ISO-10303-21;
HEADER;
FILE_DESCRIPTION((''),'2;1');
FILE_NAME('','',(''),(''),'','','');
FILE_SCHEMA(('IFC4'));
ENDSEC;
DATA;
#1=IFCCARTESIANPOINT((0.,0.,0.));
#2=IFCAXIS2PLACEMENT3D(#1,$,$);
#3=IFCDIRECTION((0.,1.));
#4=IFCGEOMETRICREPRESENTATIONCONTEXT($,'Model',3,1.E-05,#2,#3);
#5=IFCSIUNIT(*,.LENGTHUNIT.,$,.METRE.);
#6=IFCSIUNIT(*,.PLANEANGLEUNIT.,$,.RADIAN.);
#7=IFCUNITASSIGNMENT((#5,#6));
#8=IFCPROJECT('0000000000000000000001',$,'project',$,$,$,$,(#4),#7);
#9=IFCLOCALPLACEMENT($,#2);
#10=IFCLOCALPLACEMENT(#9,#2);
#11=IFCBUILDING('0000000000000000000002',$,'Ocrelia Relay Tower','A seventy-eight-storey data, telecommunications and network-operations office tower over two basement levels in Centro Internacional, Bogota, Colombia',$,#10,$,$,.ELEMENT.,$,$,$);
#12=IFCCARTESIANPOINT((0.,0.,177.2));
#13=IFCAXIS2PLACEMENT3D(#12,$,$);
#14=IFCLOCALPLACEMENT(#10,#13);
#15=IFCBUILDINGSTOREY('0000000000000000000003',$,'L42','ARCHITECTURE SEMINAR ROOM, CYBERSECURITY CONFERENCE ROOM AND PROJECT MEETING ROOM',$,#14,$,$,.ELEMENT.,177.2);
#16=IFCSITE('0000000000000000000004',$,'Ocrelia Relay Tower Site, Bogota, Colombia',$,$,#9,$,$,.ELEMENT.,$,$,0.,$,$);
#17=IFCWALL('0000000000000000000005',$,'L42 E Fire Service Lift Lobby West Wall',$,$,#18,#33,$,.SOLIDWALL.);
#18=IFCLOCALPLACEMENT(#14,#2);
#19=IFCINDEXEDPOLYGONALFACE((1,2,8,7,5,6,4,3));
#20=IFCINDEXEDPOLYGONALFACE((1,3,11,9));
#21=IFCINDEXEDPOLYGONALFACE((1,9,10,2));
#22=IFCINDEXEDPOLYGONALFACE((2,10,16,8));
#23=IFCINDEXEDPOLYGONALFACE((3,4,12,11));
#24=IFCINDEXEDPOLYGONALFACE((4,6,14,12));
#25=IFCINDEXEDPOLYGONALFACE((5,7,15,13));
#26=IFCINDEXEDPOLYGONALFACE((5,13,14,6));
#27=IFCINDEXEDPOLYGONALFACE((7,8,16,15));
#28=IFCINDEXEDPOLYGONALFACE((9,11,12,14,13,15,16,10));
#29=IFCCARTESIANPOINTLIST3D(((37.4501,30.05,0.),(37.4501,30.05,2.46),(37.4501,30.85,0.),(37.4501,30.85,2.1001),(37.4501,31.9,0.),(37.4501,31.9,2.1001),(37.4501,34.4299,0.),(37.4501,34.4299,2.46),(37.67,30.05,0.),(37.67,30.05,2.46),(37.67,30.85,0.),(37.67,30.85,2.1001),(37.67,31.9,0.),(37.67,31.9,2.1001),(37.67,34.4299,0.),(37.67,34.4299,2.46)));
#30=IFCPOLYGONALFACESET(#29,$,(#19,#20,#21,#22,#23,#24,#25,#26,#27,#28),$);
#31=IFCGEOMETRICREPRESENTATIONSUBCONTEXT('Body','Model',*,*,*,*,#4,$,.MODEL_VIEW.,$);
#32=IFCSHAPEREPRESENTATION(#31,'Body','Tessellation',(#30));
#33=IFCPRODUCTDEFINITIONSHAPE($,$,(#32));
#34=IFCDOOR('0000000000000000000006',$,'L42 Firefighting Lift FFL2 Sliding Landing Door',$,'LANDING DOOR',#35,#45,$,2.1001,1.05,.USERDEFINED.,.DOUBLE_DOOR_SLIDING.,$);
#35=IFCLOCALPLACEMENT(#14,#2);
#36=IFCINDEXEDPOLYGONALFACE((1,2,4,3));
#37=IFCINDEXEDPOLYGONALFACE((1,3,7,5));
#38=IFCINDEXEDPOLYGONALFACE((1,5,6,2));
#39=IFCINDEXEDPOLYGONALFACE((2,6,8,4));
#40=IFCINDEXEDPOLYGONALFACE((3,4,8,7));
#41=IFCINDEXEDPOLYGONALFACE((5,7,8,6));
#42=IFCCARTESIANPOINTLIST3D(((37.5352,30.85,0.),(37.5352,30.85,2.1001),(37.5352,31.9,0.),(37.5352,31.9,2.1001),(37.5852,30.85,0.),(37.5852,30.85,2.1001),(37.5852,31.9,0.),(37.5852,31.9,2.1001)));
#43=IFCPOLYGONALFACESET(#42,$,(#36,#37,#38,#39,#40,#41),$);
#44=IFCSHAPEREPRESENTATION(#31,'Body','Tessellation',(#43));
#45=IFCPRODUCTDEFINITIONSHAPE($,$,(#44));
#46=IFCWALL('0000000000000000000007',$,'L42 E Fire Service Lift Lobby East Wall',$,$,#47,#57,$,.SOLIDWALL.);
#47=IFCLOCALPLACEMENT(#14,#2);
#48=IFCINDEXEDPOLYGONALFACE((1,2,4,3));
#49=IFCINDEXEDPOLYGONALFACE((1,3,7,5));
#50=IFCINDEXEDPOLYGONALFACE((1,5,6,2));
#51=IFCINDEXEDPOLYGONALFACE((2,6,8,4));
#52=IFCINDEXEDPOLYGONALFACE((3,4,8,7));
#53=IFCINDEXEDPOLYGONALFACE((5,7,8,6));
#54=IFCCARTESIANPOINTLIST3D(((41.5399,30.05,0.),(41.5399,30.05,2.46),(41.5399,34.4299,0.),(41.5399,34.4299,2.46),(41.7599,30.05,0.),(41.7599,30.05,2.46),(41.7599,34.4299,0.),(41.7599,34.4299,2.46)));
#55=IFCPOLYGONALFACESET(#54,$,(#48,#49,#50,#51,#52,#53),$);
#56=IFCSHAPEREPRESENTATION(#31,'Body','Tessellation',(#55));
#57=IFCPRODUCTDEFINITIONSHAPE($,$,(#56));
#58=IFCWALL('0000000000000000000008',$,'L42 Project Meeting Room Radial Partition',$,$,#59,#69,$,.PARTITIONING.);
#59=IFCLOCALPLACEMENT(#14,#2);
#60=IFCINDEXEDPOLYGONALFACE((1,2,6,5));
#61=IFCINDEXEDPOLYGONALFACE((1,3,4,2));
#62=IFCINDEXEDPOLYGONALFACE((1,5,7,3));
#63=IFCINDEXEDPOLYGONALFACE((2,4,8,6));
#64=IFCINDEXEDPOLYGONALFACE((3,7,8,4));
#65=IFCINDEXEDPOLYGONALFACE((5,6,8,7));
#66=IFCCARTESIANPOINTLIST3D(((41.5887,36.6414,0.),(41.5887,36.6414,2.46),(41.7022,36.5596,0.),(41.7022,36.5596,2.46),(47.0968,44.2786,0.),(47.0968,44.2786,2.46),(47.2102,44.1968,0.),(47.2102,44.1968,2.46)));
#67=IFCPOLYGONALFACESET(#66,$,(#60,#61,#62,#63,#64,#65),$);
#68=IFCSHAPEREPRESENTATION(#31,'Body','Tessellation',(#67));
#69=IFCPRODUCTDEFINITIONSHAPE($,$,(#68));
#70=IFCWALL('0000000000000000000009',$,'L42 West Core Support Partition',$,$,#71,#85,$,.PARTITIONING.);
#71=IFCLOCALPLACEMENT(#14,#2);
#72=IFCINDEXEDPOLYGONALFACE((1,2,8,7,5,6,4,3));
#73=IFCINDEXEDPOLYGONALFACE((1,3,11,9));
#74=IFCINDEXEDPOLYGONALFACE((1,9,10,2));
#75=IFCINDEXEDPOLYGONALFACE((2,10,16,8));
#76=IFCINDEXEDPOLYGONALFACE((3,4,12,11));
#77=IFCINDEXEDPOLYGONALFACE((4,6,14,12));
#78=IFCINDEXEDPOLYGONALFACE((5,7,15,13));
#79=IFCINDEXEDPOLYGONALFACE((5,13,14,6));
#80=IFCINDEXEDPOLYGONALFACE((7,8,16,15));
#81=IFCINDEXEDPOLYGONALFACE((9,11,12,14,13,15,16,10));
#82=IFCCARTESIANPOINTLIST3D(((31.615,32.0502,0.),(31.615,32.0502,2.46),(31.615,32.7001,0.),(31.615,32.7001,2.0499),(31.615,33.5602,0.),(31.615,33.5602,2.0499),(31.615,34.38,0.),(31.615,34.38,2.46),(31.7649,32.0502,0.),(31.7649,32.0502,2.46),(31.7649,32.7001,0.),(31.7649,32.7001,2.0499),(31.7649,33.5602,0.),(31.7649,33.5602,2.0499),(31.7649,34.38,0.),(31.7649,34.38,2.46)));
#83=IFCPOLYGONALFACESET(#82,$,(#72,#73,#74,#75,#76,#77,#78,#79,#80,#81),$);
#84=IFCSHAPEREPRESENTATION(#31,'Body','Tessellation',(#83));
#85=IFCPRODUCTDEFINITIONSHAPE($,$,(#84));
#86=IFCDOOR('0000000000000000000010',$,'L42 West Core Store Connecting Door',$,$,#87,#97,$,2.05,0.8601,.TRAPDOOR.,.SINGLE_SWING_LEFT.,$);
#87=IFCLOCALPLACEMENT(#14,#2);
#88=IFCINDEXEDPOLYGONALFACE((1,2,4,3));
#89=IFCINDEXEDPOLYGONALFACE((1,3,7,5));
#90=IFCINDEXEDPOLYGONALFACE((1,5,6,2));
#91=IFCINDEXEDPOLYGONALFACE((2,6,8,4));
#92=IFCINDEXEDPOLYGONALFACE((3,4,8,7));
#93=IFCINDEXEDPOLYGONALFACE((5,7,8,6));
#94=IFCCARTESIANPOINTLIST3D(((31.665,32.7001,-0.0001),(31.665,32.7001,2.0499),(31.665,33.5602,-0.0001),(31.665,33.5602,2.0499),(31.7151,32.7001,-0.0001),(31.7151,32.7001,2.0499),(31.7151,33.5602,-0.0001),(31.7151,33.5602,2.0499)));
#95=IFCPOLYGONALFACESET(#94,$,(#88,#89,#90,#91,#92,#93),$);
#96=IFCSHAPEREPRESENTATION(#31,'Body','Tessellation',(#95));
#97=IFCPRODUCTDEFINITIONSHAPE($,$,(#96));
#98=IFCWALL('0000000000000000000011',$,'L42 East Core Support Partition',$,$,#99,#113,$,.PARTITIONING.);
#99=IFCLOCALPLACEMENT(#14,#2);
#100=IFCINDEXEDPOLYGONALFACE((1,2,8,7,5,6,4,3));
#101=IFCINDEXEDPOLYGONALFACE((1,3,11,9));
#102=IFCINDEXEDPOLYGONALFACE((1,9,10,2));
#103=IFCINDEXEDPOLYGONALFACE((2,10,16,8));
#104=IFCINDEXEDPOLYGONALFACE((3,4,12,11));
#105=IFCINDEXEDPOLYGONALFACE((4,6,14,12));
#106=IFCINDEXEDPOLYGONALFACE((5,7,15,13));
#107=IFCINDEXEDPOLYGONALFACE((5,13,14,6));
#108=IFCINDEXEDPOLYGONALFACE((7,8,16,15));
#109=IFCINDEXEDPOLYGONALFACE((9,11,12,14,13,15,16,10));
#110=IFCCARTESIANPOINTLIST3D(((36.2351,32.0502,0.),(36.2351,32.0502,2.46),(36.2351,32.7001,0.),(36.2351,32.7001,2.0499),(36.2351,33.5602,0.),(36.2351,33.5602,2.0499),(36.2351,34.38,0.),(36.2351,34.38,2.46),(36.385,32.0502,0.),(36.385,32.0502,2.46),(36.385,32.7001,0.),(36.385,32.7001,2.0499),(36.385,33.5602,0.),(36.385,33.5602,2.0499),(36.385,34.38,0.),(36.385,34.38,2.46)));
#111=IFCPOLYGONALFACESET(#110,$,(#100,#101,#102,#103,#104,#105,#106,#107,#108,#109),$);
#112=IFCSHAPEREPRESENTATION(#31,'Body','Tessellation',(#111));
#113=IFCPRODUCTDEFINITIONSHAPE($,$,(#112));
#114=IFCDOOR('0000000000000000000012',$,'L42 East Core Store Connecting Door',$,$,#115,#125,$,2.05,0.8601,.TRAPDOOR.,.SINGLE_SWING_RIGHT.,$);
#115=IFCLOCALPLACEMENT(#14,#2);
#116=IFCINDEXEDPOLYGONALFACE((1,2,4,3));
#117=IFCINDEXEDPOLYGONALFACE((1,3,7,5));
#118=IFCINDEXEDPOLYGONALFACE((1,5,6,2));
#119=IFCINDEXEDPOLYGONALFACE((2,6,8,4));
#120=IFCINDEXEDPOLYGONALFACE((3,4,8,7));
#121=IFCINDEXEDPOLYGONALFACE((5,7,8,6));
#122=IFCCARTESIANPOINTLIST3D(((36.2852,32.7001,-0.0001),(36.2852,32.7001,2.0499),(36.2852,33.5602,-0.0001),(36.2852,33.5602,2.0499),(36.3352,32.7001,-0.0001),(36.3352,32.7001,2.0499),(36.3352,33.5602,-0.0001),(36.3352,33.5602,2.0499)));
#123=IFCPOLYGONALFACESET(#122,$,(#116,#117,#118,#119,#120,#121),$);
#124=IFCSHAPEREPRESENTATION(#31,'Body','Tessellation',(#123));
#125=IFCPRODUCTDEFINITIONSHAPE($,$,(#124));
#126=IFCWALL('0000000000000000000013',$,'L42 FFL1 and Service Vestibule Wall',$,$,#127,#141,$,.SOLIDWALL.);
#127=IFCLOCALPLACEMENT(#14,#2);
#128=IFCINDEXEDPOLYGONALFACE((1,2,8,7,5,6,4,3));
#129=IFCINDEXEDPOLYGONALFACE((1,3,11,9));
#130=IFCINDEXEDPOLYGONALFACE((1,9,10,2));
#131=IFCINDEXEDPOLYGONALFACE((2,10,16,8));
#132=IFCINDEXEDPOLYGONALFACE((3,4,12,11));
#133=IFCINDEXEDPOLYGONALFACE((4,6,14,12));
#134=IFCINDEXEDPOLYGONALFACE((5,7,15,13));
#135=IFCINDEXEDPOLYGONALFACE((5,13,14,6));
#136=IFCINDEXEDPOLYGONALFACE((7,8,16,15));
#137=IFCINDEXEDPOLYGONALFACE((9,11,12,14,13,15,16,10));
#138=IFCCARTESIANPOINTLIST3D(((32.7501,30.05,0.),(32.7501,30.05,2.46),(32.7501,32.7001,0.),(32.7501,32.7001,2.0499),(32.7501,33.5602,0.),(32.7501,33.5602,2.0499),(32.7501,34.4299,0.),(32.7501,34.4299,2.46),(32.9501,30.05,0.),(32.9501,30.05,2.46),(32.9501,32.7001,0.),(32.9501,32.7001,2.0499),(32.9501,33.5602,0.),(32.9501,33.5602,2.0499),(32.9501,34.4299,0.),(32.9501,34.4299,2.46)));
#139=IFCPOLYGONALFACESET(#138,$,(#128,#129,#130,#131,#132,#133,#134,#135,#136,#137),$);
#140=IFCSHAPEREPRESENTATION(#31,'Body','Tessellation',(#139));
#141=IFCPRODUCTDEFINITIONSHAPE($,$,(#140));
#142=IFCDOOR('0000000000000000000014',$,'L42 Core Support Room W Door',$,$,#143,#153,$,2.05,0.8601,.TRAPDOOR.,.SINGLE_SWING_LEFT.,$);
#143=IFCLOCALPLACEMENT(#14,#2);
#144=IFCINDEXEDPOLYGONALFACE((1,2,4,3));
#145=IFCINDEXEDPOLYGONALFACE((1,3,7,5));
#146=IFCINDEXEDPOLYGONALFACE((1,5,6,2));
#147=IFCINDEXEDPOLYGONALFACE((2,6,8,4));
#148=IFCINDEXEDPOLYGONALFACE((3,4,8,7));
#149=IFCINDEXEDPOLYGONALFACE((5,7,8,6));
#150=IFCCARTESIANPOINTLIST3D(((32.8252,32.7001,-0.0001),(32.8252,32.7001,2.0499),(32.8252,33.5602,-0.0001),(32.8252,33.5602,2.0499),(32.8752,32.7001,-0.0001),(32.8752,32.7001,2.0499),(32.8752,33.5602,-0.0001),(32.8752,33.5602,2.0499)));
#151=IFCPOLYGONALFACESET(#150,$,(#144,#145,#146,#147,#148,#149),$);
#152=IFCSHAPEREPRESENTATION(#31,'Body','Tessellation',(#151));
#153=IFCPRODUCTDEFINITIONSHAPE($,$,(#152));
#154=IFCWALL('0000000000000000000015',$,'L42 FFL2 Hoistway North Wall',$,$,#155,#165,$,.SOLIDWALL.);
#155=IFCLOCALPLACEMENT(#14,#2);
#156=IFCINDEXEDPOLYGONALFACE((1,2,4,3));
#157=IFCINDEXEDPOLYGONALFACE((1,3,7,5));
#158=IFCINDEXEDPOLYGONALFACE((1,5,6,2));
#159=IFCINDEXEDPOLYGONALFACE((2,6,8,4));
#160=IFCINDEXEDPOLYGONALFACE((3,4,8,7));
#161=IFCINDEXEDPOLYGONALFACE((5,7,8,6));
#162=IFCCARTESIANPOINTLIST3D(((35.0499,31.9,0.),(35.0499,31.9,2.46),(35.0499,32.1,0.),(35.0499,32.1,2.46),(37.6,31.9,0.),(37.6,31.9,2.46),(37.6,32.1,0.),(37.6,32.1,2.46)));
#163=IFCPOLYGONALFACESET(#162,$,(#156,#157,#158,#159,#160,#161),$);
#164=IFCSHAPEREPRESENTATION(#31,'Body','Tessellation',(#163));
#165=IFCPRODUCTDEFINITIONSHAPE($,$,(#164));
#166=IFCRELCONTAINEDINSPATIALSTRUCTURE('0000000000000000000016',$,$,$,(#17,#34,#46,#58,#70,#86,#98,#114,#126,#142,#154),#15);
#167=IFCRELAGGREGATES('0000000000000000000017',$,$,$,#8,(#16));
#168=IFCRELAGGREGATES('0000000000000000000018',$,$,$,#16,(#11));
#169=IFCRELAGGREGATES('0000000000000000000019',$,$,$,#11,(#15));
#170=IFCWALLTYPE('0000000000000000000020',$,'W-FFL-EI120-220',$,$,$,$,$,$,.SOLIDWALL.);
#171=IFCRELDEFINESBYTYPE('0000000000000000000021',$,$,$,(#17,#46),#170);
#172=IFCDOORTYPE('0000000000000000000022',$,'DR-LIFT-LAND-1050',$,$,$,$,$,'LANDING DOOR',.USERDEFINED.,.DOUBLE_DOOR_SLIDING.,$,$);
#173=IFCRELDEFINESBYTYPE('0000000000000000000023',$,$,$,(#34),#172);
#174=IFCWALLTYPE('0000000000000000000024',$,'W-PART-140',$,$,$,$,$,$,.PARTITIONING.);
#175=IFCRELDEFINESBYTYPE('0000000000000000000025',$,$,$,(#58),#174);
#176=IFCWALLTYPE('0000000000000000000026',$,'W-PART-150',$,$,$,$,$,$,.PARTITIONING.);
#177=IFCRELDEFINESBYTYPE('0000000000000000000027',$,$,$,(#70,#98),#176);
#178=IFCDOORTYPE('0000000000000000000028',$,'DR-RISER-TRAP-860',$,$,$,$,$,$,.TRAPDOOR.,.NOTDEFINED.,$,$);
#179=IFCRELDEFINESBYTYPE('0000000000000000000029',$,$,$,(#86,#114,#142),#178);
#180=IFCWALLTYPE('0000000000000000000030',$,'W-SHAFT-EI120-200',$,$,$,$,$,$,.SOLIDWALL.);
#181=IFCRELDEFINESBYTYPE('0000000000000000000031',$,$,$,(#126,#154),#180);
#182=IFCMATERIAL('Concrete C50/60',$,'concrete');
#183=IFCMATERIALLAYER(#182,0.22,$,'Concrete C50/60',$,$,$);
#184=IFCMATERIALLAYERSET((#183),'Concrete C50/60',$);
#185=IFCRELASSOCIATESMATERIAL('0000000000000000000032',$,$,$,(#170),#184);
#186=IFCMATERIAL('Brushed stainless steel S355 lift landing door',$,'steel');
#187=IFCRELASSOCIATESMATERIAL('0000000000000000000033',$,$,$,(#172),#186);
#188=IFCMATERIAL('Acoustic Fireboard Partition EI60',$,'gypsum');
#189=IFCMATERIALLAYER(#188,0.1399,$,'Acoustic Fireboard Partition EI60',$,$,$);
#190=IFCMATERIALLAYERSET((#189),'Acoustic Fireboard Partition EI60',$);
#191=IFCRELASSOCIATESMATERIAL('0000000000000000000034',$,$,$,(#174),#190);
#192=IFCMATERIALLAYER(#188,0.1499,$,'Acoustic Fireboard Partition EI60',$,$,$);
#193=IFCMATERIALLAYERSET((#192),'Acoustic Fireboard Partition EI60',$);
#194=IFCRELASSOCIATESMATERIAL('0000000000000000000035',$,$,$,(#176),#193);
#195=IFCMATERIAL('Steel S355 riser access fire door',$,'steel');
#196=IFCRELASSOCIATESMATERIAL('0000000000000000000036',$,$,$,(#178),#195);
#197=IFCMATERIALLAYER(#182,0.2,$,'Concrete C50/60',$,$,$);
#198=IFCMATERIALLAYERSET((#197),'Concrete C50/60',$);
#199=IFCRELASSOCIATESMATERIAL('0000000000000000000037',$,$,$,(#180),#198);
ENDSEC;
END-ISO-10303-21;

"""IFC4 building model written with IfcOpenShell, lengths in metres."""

from ifc_helpers import new_model, si_unit, direction, frame, frame_2d, origin, place, context, subcontext, project, spatial, rectangle, extrude, material, layer, layer_set, type_object, element, fill, save


model = new_model("IFC4")

# Units and contexts
model_context = context("Model", 3, precision=1e-05, world=origin(), true_north=direction((0.0, 1.0)))
body_context = subcontext(model_context, "Body", "Model", "MODEL_VIEW")
ifc_project = project(units=[si_unit("LENGTHUNIT", "METRE"), si_unit("PLANEANGLEUNIT", "RADIAN")], contexts=[model_context])

# Site, building, storey
site_placement = place(None, origin())
site = spatial("IfcSite", under=ifc_project, at=site_placement, Name="Ocrelia Relay Tower Site, Bogota, Colombia", CompositionType="ELEMENT", RefElevation=0.0)
building_placement = place(site_placement, origin())
building = spatial("IfcBuilding", under=site, at=building_placement, Name="Ocrelia Relay Tower", Description="A seventy-eight-storey data, telecommunications and network-operations office tower over two basement levels in Centro Internacional, Bogota, Colombia", CompositionType="ELEMENT")
storey_placement = place(building_placement, frame((0.0, 0.0, 177.2)))
storey = spatial("IfcBuildingStorey", under=building, at=storey_placement, Name="L42", Description="ARCHITECTURE SEMINAR ROOM, CYBERSECURITY CONFERENCE ROOM AND PROJECT MEETING ROOM", CompositionType="ELEMENT", Elevation=177.2)

# Wall, opening, door
ifc_material_1 = material(Name="Concrete C50/60", Category="concrete")
ifc_layer_1 = layer(ifc_material_1, 0.22, Name="Concrete C50/60")
ifc_layer_set_1 = layer_set([ifc_layer_1], Name="Concrete C50/60")
wall_type_1 = type_object("IfcWallType", Name="W-FFL-EI120-220", PredefinedType="SOLIDWALL", material=ifc_layer_set_1)
wall_1_placement = place(storey_placement, frame((37.5601, 30.05, 0.0), z_axis=(0.0, 0.0, 1.0), x_axis=(0.0, 1.0, 0.0)))
wall_1 = element("IfcWall", 1, at=wall_1_placement, inside=storey, type_object=wall_type_1, Name="L42 E Fire Service Lift Lobby West Wall", PredefinedType="SOLIDWALL", context=body_context, shape_type="SweptSolid", body=[
    extrude(rectangle(XDim=4.3799, YDim=0.22, at=frame_2d((2.1899, 0.0))), origin(), (0.0, 0.0, 1.0), 2.46),
])
opening_1_placement = place(wall_1_placement, frame((0.8, 0.0, 0.0)))
opening_1 = element("IfcOpeningElement", 2, at=opening_1_placement, cuts=wall_1, PredefinedType="OPENING", context=body_context, shape_type="SweptSolid", body=[
    extrude(rectangle(XDim=1.05, YDim=2.1001, at=frame_2d((0.5249, 1.05))), frame((0.0, 0.1201, 0.0), z_axis=(0.0, -1.0, 0.0), x_axis=(1.0, 0.0, 0.0)), (0.0, 0.0, 1.0), 0.24),
])
ifc_material_2 = material(Name="Brushed stainless steel S355 lift landing door", Category="steel")
door_type_1 = type_object("IfcDoorType", Name="DR-LIFT-LAND-1050", ElementType="LANDING DOOR", OperationType="DOUBLE_DOOR_SLIDING", PredefinedType="USERDEFINED", material=ifc_material_2)
door_1_placement = place(opening_1_placement, origin())
door_1 = element("IfcDoor", 3, at=door_1_placement, inside=storey, type_object=door_type_1, Name="L42 Firefighting Lift FFL2 Sliding Landing Door", ObjectType="LANDING DOOR", OperationType="DOUBLE_DOOR_SLIDING", OverallHeight=2.1001, OverallWidth=1.05, PredefinedType="USERDEFINED", context=body_context, shape_type="SweptSolid", body=[
    extrude(rectangle(XDim=1.05, YDim=2.1001, at=frame_2d((0.5249, 1.05))), frame((0.0, 0.0249, 0.0), z_axis=(0.0, -1.0, 0.0), x_axis=(1.0, 0.0, 0.0)), (0.0, 0.0, 1.0), 0.05),
])
fill(opening_1, door_1)

# Wall
wall_2_placement = place(storey_placement, frame((41.6499, 30.05, 0.0), z_axis=(0.0, 0.0, 1.0), x_axis=(0.0, 1.0, 0.0)))
element("IfcWall", 4, at=wall_2_placement, inside=storey, type_object=wall_type_1, Name="L42 E Fire Service Lift Lobby East Wall", PredefinedType="SOLIDWALL", context=body_context, shape_type="SweptSolid", body=[
    extrude(rectangle(XDim=4.3799, YDim=0.22, at=frame_2d((2.1899, 0.0))), origin(), (0.0, 0.0, 1.0), 2.46),
])

# Wall
ifc_material_3 = material(Name="Acoustic Fireboard Partition EI60", Category="gypsum")
ifc_layer_2 = layer(ifc_material_3, 0.1399, Name="Acoustic Fireboard Partition EI60")
ifc_layer_set_2 = layer_set([ifc_layer_2], Name="Acoustic Fireboard Partition EI60")
wall_type_2 = type_object("IfcWallType", Name="W-PART-140", PredefinedType="PARTITIONING", material=ifc_layer_set_2)
wall_3_placement = place(storey_placement, frame((41.6455, 36.6006, 0.0), z_axis=(0.0, 0.0, 1.0), x_axis=(0.584953, 0.811067, 0.0)))
element("IfcWall", 5, at=wall_3_placement, inside=storey, type_object=wall_type_2, Name="L42 Project Meeting Room Radial Partition", PredefinedType="PARTITIONING", context=body_context, shape_type="SweptSolid", body=[
    extrude(rectangle(XDim=9.4163, YDim=0.1399, at=frame_2d((4.708, 0.0))), origin(), (0.0, 0.0, 1.0), 2.46),
])

# Walls, openings, doors
ifc_layer_3 = layer(ifc_material_3, 0.1499, Name="Acoustic Fireboard Partition EI60")
ifc_layer_set_3 = layer_set([ifc_layer_3], Name="Acoustic Fireboard Partition EI60")
wall_type_3 = type_object("IfcWallType", Name="W-PART-150", PredefinedType="PARTITIONING", material=ifc_layer_set_3)
wall_4_placement = place(storey_placement, frame((31.6899, 32.05, 0.0), z_axis=(0.0, 0.0, 1.0), x_axis=(0.0, 1.0, 0.0)))
wall_4 = element("IfcWall", 6, at=wall_4_placement, inside=storey, type_object=wall_type_3, Name="L42 West Core Support Partition", PredefinedType="PARTITIONING", context=body_context, shape_type="SweptSolid", body=[
    extrude(rectangle(XDim=2.3298, YDim=0.1499, at=frame_2d((1.165, 0.0))), origin(), (0.0, 0.0, 1.0), 2.46),
])
opening_2_placement = place(wall_4_placement, frame((0.6499, 0.0, 0.0)))
opening_2 = element("IfcOpeningElement", 7, at=opening_2_placement, cuts=wall_4, PredefinedType="OPENING", context=body_context, shape_type="SweptSolid", body=[
    extrude(rectangle(XDim=0.8601, YDim=2.05, at=frame_2d((0.4302, 1.0249))), frame((0.0, 0.085, 0.0), z_axis=(0.0, -1.0, 0.0), x_axis=(1.0, 0.0, 0.0)), (0.0, 0.0, 1.0), 0.1699),
])
ifc_material_4 = material(Name="Steel S355 riser access fire door", Category="steel")
door_type_2 = type_object("IfcDoorType", Name="DR-RISER-TRAP-860", OperationType="NOTDEFINED", PredefinedType="TRAPDOOR", material=ifc_material_4)
door_2_placement = place(opening_2_placement, origin())
door_2 = element("IfcDoor", 8, at=door_2_placement, inside=storey, type_object=door_type_2, Name="L42 West Core Store Connecting Door", OperationType="SINGLE_SWING_LEFT", OverallHeight=2.05, OverallWidth=0.8601, PredefinedType="TRAPDOOR", context=body_context, shape_type="SweptSolid", body=[
    extrude(rectangle(XDim=0.8601, YDim=2.05, at=frame_2d((0.4302, 1.0249))), frame((0.0, 0.0249, 0.0), z_axis=(0.0, -1.0, 0.0), x_axis=(1.0, 0.0, 0.0)), (0.0, 0.0, 1.0), 0.05),
])
fill(opening_2, door_2)
wall_5_placement = place(storey_placement, frame((36.3101, 32.05, 0.0), z_axis=(0.0, 0.0, 1.0), x_axis=(0.0, 1.0, 0.0)))
wall_5 = element("IfcWall", 9, at=wall_5_placement, inside=storey, type_object=wall_type_3, Name="L42 East Core Support Partition", PredefinedType="PARTITIONING", context=body_context, shape_type="SweptSolid", body=[
    extrude(rectangle(XDim=2.3298, YDim=0.1499, at=frame_2d((1.165, 0.0))), origin(), (0.0, 0.0, 1.0), 2.46),
])
opening_3_placement = place(wall_5_placement, frame((0.6499, 0.0, 0.0)))
opening_3 = element("IfcOpeningElement", 10, at=opening_3_placement, cuts=wall_5, PredefinedType="OPENING", context=body_context, shape_type="SweptSolid", body=[
    extrude(rectangle(XDim=0.8601, YDim=2.05, at=frame_2d((0.4302, 1.0249))), frame((0.0, 0.085, 0.0), z_axis=(0.0, -1.0, 0.0), x_axis=(1.0, 0.0, 0.0)), (0.0, 0.0, 1.0), 0.1699),
])
door_3_placement = place(opening_3_placement, origin())
door_3 = element("IfcDoor", 11, at=door_3_placement, inside=storey, type_object=door_type_2, Name="L42 East Core Store Connecting Door", OperationType="SINGLE_SWING_RIGHT", OverallHeight=2.05, OverallWidth=0.8601, PredefinedType="TRAPDOOR", context=body_context, shape_type="SweptSolid", body=[
    extrude(rectangle(XDim=0.8601, YDim=2.05, at=frame_2d((0.4302, 1.0249))), frame((0.0, 0.0249, 0.0), z_axis=(0.0, -1.0, 0.0), x_axis=(1.0, 0.0, 0.0)), (0.0, 0.0, 1.0), 0.05),
])
fill(opening_3, door_3)
ifc_layer_4 = layer(ifc_material_1, 0.2, Name="Concrete C50/60")
ifc_layer_set_4 = layer_set([ifc_layer_4], Name="Concrete C50/60")
wall_type_4 = type_object("IfcWallType", Name="W-SHAFT-EI120-200", PredefinedType="SOLIDWALL", material=ifc_layer_set_4)
wall_6_placement = place(storey_placement, frame((32.8501, 30.05, 0.0), z_axis=(0.0, 0.0, 1.0), x_axis=(0.0, 1.0, 0.0)))
wall_6 = element("IfcWall", 12, at=wall_6_placement, inside=storey, type_object=wall_type_4, Name="L42 FFL1 and Service Vestibule Wall", PredefinedType="SOLIDWALL", context=body_context, shape_type="SweptSolid", body=[
    extrude(rectangle(XDim=4.3799, YDim=0.2, at=frame_2d((2.1899, 0.0))), origin(), (0.0, 0.0, 1.0), 2.46),
])
opening_4_placement = place(wall_6_placement, frame((2.6499, 0.0, 0.0)))
opening_4 = element("IfcOpeningElement", 13, at=opening_4_placement, cuts=wall_6, PredefinedType="OPENING", context=body_context, shape_type="SweptSolid", body=[
    extrude(rectangle(XDim=0.8601, YDim=2.05, at=frame_2d((0.4302, 1.0249))), frame((0.0, 0.1099, 0.0), z_axis=(0.0, -1.0, 0.0), x_axis=(1.0, 0.0, 0.0)), (0.0, 0.0, 1.0), 0.22),
])
door_4_placement = place(opening_4_placement, origin())
door_4 = element("IfcDoor", 14, at=door_4_placement, inside=storey, type_object=door_type_2, Name="L42 Core Support Room W Door", OperationType="SINGLE_SWING_LEFT", OverallHeight=2.05, OverallWidth=0.8601, PredefinedType="TRAPDOOR", context=body_context, shape_type="SweptSolid", body=[
    extrude(rectangle(XDim=0.8601, YDim=2.05, at=frame_2d((0.4302, 1.0249))), frame((0.0, 0.0249, 0.0), z_axis=(0.0, -1.0, 0.0), x_axis=(1.0, 0.0, 0.0)), (0.0, 0.0, 1.0), 0.05),
])
fill(opening_4, door_4)

# Wall
wall_7_placement = place(storey_placement, frame((35.05, 32.0, 0.0), z_axis=(0.0, 0.0, 1.0), x_axis=(1.0, 0.0, 0.0)))
element("IfcWall", 15, at=wall_7_placement, inside=storey, type_object=wall_type_4, Name="L42 FFL2 Hoistway North Wall", PredefinedType="SOLIDWALL", context=body_context, shape_type="SweptSolid", body=[
    extrude(rectangle(XDim=2.55, YDim=0.2, at=frame_2d((1.2749, 0.0))), origin(), (0.0, 0.0, 1.0), 2.46),
])

save(model, "model.ifc")
